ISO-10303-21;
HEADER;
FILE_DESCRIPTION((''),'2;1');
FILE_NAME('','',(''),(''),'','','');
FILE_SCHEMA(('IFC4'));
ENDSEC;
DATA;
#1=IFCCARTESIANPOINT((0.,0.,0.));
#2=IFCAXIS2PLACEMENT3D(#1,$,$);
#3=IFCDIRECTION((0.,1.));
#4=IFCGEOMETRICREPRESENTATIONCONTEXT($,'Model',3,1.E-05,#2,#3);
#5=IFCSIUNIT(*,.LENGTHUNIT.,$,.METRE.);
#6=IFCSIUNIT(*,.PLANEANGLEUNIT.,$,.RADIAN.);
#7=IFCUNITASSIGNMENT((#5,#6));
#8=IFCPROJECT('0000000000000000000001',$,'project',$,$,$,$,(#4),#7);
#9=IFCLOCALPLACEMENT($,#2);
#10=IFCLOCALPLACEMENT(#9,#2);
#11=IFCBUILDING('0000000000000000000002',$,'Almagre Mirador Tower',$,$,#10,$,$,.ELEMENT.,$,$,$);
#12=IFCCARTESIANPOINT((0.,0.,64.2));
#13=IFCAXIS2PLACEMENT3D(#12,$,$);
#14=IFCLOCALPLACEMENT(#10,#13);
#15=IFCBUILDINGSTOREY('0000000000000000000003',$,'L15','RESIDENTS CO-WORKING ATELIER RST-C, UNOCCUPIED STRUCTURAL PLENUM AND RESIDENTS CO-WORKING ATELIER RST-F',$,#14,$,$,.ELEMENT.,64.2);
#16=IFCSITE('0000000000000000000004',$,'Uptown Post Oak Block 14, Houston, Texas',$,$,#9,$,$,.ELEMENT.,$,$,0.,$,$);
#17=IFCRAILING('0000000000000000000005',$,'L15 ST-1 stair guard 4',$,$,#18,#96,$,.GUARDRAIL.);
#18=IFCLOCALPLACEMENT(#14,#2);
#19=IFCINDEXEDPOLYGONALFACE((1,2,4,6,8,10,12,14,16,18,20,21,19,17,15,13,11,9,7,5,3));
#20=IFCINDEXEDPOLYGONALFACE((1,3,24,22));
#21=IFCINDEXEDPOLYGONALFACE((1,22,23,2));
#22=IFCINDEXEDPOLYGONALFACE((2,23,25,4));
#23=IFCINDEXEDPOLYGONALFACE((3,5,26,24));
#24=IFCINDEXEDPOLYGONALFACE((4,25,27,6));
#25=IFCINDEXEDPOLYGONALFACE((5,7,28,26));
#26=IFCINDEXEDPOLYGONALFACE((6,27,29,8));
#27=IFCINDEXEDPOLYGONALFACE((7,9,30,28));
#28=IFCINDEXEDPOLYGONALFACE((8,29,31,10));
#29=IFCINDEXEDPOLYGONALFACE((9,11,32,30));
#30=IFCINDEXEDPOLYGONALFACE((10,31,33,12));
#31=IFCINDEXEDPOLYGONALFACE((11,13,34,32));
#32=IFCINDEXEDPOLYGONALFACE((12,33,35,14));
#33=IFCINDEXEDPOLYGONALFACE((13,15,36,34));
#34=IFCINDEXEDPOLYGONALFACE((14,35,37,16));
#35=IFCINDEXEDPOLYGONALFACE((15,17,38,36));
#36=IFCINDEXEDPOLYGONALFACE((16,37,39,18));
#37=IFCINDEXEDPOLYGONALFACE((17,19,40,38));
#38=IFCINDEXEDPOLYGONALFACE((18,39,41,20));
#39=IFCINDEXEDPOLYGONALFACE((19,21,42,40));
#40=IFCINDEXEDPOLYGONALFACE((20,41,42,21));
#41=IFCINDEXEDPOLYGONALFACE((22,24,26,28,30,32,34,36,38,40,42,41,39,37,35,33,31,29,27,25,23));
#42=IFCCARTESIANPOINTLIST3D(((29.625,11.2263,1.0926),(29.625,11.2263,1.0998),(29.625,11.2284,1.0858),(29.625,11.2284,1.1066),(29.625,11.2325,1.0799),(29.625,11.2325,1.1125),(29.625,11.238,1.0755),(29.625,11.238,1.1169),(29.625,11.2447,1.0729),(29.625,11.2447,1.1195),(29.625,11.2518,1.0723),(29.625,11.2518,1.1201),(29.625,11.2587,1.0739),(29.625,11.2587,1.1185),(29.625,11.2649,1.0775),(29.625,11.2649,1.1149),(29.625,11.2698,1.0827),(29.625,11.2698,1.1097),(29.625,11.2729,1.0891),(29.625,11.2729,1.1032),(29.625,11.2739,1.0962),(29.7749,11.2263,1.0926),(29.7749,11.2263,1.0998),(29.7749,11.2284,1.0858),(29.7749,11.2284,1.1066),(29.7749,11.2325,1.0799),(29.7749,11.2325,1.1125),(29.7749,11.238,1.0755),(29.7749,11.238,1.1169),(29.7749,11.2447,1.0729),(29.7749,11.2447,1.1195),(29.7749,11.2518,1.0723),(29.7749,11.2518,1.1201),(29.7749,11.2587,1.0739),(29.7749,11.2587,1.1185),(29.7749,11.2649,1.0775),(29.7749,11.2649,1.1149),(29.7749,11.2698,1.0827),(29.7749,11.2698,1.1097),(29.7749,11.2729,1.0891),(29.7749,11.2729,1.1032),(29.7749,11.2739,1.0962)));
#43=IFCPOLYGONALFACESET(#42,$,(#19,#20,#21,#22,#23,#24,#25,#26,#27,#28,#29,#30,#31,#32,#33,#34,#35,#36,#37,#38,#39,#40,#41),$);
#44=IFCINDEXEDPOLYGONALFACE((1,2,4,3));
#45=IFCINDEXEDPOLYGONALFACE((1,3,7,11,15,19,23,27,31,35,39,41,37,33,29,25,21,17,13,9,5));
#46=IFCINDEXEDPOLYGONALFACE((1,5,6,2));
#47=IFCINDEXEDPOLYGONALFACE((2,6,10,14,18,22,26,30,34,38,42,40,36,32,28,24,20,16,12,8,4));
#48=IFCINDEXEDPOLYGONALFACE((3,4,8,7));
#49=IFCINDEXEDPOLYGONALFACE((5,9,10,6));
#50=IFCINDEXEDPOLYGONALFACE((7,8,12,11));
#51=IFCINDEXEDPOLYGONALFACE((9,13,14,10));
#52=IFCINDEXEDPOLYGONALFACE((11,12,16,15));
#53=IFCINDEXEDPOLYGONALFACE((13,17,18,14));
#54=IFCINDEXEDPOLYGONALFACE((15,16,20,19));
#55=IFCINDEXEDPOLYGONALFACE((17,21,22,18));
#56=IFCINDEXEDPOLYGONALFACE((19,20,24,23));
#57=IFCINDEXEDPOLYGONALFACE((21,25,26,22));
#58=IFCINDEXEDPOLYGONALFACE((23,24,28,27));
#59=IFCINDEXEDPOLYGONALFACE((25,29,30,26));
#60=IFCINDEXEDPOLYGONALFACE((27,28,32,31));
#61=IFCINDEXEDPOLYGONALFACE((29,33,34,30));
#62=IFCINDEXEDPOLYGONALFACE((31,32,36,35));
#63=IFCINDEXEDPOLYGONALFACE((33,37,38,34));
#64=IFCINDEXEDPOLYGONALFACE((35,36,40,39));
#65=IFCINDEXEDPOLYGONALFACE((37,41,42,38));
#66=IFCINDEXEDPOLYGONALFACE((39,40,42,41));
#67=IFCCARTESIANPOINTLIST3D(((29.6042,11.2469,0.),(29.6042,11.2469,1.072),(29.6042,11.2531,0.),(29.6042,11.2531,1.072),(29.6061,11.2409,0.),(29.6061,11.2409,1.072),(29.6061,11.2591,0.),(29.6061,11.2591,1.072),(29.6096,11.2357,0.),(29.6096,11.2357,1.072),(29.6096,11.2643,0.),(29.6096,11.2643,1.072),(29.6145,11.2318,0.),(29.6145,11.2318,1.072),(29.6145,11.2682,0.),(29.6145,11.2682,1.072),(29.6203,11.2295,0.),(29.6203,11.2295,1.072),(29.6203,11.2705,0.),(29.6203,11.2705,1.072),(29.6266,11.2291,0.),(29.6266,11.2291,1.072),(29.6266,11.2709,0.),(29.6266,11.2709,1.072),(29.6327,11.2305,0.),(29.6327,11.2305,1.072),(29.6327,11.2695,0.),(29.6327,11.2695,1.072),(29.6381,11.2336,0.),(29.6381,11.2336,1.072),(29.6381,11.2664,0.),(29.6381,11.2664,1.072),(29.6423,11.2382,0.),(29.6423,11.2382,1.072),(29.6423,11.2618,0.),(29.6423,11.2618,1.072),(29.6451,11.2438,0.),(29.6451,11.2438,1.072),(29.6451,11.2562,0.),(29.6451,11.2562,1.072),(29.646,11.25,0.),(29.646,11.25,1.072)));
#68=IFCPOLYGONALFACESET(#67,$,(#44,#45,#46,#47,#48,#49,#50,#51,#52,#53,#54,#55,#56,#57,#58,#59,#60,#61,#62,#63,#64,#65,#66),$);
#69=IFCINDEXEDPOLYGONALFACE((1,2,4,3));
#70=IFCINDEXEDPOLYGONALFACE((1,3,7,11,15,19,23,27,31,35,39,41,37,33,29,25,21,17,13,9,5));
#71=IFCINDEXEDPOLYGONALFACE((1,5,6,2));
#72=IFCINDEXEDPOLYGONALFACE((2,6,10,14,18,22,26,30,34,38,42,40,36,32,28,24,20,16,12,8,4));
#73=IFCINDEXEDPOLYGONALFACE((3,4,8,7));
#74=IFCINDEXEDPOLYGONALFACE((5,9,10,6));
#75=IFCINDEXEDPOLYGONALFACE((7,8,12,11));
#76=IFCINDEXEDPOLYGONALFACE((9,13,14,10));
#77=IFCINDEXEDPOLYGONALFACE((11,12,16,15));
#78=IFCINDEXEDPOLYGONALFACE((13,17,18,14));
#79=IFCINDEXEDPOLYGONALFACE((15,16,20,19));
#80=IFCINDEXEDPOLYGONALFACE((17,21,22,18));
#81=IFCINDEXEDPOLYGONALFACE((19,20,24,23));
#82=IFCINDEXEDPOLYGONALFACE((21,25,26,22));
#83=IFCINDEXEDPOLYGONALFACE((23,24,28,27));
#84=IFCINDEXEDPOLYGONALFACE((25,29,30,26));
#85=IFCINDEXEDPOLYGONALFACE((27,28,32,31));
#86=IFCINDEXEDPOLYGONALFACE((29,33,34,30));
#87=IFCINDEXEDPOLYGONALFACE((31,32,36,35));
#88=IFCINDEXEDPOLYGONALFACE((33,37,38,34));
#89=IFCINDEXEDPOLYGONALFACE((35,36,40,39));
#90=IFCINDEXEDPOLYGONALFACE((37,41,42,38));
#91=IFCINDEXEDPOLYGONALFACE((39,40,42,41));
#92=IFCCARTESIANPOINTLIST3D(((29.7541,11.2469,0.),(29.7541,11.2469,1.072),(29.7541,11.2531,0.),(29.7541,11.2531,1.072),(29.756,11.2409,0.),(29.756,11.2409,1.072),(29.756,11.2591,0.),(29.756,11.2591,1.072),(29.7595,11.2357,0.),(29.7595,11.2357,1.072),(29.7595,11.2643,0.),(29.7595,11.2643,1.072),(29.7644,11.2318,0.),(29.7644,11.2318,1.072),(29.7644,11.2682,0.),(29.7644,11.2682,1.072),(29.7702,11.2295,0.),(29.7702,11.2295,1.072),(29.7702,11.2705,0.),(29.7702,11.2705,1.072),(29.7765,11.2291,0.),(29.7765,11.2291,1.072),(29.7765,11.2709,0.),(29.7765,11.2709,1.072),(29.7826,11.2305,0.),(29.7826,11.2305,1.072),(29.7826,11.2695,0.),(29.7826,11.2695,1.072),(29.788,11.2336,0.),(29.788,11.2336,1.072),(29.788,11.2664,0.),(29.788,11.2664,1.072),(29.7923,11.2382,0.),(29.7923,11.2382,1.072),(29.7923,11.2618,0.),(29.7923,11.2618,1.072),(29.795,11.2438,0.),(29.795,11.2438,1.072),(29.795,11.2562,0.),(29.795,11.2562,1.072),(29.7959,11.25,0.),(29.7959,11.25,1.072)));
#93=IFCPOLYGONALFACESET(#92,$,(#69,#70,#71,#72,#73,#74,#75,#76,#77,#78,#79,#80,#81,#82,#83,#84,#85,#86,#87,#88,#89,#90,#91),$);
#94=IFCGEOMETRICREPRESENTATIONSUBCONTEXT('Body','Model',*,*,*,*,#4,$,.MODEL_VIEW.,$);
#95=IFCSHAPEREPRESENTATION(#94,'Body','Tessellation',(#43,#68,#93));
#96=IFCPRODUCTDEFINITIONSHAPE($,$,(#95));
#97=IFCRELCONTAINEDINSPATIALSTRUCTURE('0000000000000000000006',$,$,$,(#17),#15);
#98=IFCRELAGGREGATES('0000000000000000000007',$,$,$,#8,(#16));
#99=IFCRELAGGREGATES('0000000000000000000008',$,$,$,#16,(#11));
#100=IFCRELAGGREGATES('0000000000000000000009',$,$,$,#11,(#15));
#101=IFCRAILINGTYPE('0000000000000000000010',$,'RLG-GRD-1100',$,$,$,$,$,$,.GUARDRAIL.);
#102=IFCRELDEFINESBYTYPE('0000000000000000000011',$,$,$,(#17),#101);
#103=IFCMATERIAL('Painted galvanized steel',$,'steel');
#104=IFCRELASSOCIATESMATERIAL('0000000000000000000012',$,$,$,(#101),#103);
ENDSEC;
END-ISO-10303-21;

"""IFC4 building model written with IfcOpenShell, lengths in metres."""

from ifc_helpers import new_model, si_unit, direction, frame, origin, origin_2d, place, context, subcontext, project, spatial, circle, extrude, material, type_object, element, save


model = new_model("IFC4")

# Units and contexts
model_context = context("Model", 3, precision=1e-05, world=origin(), true_north=direction((0.0, 1.0)))
body_context = subcontext(model_context, "Body", "Model", "MODEL_VIEW")
ifc_project = project(units=[si_unit("LENGTHUNIT", "METRE"), si_unit("PLANEANGLEUNIT", "RADIAN")], contexts=[model_context])

# Site, building, storey
site_placement = place(None, origin())
site = spatial("IfcSite", under=ifc_project, at=site_placement, Name="Uptown Post Oak Block 14, Houston, Texas", CompositionType="ELEMENT", RefElevation=0.0)
building_placement = place(site_placement, origin())
building = spatial("IfcBuilding", under=site, at=building_placement, Name="Almagre Mirador Tower", CompositionType="ELEMENT")
storey_placement = place(building_placement, frame((0.0, 0.0, 64.2)))
storey = spatial("IfcBuildingStorey", under=building, at=storey_placement, Name="L15", Description="RESIDENTS CO-WORKING ATELIER RST-C, UNOCCUPIED STRUCTURAL PLENUM AND RESIDENTS CO-WORKING ATELIER RST-F", CompositionType="ELEMENT", Elevation=64.2)

# Railing
ifc_material_1 = material(Name="Painted galvanized steel", Category="steel")
railing_type_1 = type_object("IfcRailingType", Name="RLG-GRD-1100", PredefinedType="GUARDRAIL", material=ifc_material_1)
railing_1_placement = place(storey_placement, frame((29.625, 11.25, 0.0)))
element("IfcRailing", 1, at=railing_1_placement, inside=storey, type_object=railing_type_1, Name="L15 ST-1 stair guard 4", PredefinedType="GUARDRAIL", context=body_context, shape_type="SweptSolid", body=[
    extrude(circle(Radius=0.0239, at=origin_2d()), frame((0.0, 0.0, 1.0962), z_axis=(1.0, 0.0, 0.0), x_axis=(0.0, 1.0, 0.0)), (0.0, 0.0, 1.0), 0.1499),
    extrude(circle(Radius=0.021, at=origin_2d()), origin(), (0.0, 0.0, 1.0), 1.072),
    extrude(circle(Radius=0.021, at=origin_2d()), frame((0.1499, 0.0, 0.0)), (0.0, 0.0, 1.0), 1.072),
])

save(model, "model.ifc")
